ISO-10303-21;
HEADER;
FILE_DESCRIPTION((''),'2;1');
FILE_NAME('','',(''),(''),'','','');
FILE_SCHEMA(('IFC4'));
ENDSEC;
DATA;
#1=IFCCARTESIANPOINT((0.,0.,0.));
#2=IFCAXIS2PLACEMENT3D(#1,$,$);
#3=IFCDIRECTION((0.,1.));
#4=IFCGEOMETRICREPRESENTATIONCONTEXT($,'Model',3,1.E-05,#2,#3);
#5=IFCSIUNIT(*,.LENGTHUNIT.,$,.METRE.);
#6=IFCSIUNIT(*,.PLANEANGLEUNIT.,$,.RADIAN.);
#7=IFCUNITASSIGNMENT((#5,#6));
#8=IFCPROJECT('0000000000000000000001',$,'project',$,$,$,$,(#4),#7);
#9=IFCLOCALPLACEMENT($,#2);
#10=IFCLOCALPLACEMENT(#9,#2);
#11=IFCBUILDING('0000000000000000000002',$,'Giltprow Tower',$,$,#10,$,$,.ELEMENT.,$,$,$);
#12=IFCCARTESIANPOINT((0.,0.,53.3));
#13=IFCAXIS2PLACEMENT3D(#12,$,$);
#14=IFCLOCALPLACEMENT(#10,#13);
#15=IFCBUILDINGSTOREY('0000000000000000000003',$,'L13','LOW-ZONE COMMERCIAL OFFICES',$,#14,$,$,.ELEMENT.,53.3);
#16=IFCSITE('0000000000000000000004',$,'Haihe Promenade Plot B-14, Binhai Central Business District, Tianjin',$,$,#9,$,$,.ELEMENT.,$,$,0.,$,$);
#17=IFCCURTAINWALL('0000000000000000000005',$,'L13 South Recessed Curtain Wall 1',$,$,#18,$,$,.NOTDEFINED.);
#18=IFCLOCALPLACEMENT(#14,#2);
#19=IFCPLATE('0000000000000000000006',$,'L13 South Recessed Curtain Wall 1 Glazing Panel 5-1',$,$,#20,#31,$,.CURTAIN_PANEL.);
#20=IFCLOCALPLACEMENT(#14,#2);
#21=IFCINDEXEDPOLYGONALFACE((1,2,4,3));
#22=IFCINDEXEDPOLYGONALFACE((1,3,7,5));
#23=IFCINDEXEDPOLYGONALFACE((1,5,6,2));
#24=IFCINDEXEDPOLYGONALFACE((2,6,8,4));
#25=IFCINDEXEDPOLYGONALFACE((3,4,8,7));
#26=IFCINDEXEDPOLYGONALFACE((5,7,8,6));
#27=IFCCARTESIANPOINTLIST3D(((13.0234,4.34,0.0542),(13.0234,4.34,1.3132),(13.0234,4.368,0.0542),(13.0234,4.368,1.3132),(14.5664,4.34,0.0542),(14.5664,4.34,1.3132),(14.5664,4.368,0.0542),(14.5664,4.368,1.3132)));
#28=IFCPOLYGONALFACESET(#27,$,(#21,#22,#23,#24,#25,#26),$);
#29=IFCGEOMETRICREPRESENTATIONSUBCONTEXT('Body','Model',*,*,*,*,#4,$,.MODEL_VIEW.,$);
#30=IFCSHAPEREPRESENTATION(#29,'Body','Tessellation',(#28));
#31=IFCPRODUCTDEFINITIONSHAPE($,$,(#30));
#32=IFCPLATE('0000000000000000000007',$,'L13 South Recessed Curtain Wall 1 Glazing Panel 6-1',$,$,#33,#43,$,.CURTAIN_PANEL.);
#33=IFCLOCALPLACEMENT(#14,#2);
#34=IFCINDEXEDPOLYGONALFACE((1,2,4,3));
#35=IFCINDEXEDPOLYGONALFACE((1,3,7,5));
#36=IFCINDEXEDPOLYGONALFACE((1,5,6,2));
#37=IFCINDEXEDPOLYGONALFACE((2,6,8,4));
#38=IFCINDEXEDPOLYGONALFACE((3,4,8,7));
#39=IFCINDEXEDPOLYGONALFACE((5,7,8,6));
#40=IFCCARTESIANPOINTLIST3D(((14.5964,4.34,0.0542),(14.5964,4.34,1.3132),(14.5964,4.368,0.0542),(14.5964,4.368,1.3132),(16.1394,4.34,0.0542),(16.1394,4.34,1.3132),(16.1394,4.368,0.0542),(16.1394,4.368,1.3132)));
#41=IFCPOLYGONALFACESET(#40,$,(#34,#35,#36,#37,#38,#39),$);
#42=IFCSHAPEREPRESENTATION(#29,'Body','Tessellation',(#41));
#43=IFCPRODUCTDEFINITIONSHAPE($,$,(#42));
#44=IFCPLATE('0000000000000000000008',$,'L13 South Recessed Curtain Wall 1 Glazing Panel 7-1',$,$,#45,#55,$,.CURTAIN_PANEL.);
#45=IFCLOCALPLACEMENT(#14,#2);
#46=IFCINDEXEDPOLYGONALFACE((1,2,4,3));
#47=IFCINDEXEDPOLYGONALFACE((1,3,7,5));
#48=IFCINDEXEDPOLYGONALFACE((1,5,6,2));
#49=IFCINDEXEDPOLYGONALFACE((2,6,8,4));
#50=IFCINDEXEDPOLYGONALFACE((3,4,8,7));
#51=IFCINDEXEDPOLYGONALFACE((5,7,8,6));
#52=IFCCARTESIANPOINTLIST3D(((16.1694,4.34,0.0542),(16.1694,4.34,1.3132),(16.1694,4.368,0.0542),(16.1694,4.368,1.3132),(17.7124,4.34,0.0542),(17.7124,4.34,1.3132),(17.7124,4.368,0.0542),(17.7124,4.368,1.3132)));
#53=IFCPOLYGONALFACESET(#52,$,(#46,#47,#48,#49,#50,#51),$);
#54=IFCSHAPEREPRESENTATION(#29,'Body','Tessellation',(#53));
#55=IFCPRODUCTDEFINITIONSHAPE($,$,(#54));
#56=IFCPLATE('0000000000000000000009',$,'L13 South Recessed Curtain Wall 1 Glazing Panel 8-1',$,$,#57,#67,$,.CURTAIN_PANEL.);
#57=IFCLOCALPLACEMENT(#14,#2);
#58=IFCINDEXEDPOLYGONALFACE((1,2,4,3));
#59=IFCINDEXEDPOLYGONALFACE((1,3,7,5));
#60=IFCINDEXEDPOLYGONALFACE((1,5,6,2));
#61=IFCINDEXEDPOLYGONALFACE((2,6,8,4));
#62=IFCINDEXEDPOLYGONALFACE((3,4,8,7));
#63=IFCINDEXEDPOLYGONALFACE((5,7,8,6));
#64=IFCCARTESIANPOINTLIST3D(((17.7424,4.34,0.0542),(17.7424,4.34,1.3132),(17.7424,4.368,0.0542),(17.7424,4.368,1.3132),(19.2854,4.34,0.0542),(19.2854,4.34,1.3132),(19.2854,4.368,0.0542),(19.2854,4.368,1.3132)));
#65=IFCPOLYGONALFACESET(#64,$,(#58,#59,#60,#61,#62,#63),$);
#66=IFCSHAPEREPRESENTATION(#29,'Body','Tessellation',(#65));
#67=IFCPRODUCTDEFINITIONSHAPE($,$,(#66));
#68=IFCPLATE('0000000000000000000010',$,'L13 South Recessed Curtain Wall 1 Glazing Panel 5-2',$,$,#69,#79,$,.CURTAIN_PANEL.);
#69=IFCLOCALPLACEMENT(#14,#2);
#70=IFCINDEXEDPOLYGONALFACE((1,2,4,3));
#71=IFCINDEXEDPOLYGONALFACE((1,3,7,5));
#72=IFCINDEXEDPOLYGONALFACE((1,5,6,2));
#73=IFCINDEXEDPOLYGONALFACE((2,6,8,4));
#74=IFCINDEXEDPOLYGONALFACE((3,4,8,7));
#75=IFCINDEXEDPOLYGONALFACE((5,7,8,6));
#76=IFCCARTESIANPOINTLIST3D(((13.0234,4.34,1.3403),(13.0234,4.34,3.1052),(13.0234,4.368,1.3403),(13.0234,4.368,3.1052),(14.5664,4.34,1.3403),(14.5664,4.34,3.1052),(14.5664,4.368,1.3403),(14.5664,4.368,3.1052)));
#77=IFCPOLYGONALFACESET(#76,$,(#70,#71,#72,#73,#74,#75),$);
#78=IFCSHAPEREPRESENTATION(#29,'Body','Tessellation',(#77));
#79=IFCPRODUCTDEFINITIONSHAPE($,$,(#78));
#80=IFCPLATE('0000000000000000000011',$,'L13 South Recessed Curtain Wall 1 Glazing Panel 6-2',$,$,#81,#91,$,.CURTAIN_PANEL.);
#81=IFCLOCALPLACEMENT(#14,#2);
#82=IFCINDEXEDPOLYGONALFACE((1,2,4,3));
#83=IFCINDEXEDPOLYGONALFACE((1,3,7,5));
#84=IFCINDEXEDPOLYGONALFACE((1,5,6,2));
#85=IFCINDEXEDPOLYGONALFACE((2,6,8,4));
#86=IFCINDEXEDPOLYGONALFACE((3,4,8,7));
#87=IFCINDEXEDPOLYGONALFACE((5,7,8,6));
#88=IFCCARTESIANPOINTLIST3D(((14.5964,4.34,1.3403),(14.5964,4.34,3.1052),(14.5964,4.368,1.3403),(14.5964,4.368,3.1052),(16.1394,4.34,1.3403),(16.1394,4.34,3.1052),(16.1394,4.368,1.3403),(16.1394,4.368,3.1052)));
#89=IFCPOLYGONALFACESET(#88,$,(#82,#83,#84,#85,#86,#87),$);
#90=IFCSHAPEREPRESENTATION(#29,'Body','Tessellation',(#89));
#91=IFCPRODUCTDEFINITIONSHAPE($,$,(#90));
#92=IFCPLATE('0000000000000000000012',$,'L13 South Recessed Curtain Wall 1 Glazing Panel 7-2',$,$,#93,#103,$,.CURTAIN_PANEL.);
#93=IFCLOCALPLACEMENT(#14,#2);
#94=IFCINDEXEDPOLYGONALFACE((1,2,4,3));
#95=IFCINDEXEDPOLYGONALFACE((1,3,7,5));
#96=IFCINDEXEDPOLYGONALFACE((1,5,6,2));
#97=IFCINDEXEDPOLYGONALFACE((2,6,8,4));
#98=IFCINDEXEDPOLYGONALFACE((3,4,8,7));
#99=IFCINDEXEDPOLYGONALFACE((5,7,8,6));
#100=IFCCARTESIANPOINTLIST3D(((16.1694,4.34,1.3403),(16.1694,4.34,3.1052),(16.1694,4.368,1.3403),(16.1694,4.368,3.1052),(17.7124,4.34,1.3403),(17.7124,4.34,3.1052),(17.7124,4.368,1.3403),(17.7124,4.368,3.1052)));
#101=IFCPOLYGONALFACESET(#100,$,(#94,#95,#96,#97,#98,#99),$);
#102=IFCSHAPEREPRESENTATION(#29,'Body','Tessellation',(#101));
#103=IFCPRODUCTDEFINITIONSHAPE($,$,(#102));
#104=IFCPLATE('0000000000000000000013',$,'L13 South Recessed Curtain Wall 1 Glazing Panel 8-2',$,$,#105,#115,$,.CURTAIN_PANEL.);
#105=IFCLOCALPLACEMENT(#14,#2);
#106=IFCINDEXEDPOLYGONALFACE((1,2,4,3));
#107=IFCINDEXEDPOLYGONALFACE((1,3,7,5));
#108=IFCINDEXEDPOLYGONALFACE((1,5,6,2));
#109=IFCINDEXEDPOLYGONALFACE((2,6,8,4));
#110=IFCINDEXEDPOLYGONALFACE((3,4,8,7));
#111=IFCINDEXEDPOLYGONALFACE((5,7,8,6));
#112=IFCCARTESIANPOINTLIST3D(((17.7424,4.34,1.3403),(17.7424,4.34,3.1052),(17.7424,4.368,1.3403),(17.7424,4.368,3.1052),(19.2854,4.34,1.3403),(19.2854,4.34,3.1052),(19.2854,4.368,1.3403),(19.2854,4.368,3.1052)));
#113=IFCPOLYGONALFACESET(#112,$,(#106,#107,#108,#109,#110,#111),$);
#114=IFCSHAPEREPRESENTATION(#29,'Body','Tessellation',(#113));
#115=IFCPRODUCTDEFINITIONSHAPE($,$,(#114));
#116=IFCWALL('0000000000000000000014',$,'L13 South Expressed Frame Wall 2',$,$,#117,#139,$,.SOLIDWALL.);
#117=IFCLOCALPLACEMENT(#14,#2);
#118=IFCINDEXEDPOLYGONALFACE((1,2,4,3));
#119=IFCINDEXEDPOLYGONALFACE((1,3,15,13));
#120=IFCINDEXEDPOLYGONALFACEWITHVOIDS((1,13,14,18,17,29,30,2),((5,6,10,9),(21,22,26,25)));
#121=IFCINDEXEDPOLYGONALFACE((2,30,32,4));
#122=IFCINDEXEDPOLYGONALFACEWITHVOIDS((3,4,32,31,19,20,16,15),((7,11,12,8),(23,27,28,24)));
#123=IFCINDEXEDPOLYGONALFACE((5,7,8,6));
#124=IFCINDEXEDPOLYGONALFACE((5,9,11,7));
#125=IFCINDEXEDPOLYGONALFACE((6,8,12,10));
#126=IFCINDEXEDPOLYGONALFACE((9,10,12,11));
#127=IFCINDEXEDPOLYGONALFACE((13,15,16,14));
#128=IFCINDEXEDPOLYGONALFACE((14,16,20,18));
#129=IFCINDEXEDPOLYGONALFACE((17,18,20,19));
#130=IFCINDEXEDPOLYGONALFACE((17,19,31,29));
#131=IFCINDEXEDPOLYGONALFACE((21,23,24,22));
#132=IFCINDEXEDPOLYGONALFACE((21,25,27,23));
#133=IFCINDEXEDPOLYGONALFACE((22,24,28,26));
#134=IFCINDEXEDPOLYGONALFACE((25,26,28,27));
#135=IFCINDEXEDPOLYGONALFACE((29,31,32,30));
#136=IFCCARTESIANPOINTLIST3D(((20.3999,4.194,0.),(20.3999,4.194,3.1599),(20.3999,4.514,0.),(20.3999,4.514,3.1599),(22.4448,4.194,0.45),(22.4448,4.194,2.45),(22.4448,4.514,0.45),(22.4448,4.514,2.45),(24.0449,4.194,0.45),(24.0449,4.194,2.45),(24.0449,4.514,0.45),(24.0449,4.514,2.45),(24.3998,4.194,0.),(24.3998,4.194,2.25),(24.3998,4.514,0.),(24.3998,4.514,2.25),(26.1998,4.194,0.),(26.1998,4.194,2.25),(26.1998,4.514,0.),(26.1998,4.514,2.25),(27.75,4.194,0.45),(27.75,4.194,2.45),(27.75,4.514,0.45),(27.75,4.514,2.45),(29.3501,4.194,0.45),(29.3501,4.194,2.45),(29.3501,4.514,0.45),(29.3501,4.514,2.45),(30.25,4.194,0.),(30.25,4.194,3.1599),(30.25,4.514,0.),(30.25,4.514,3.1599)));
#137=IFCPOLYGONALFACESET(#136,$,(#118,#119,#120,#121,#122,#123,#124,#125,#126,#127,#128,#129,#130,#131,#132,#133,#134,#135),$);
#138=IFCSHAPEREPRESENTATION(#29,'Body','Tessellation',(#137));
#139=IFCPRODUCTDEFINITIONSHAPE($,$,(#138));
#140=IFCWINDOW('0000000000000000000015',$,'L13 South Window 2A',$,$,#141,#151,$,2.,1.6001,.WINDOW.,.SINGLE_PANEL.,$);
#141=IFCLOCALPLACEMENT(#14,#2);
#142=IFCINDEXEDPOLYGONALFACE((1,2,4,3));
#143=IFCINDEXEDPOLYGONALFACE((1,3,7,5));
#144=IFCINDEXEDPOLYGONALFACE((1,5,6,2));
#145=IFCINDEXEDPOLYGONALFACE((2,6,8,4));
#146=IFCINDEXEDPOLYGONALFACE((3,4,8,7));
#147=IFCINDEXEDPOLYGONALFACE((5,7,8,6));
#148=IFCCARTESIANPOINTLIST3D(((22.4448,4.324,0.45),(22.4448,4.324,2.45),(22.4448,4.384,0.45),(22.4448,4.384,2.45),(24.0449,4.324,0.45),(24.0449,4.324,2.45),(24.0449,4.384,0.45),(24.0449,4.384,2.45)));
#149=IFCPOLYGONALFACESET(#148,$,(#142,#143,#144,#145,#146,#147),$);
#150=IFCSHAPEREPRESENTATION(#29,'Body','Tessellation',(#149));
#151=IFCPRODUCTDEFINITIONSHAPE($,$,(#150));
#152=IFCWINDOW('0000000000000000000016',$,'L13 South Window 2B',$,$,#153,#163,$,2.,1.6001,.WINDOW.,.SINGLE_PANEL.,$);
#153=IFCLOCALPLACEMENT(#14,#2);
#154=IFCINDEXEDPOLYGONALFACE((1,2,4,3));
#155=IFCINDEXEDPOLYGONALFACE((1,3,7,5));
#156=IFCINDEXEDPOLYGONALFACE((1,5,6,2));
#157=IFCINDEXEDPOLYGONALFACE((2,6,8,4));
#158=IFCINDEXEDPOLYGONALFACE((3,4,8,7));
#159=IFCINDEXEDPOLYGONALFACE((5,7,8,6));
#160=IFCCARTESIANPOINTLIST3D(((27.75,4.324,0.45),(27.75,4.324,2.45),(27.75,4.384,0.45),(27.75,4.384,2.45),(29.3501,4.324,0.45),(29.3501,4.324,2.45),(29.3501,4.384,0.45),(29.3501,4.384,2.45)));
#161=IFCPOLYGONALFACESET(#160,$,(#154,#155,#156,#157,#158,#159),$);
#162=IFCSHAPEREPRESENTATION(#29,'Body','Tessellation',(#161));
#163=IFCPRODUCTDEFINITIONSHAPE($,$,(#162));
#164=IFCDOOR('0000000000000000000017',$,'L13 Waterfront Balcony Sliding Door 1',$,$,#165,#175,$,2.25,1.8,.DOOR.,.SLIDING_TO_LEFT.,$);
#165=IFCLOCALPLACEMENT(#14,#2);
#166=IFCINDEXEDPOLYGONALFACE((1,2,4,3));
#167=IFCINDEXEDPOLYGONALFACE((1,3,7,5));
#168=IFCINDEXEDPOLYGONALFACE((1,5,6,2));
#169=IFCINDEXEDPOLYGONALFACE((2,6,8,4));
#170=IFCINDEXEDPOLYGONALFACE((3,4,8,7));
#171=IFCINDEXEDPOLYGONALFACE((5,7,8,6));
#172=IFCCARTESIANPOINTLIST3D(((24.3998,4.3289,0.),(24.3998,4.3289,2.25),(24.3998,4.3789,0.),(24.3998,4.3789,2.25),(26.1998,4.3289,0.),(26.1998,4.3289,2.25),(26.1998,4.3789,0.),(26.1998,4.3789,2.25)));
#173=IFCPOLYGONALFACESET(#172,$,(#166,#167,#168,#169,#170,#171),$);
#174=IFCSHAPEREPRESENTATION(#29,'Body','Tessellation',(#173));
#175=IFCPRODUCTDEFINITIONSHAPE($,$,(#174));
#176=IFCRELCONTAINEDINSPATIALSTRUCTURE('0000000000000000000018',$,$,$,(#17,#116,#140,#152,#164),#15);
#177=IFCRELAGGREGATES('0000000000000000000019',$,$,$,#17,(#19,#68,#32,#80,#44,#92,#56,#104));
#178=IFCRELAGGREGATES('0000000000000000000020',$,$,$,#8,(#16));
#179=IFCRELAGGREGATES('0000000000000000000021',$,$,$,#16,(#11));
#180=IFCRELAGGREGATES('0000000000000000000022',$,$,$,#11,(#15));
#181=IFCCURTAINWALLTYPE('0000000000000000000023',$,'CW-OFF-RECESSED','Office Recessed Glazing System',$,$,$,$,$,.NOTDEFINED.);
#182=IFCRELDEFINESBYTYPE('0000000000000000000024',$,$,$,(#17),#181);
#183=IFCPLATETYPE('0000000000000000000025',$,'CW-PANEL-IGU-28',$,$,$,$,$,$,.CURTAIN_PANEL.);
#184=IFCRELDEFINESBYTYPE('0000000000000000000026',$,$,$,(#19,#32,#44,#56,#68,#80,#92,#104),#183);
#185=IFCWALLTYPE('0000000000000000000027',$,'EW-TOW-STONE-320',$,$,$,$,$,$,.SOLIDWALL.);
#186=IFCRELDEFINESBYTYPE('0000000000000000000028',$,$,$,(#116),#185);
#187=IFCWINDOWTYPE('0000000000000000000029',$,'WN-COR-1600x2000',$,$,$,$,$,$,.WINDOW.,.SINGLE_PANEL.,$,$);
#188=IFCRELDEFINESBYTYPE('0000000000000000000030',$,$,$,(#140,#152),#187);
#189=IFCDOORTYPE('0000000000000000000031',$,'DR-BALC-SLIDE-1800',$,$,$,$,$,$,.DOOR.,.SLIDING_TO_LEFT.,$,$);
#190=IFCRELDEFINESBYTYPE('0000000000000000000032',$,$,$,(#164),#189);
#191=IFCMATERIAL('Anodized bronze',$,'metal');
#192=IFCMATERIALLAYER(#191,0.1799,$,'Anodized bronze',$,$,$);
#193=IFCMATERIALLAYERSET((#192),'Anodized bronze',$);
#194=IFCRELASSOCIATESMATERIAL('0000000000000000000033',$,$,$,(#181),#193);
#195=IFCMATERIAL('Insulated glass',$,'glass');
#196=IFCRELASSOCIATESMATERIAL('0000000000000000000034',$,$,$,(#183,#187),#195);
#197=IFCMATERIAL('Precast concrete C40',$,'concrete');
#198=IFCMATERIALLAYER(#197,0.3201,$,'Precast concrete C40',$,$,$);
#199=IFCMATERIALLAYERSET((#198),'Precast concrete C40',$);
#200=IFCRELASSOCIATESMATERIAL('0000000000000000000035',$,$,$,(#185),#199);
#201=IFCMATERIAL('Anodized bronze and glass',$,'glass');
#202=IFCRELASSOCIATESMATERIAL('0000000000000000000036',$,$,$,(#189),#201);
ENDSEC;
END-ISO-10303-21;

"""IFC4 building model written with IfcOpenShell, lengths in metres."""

from ifc_helpers import new_model, si_unit, direction, frame, frame_2d, origin, origin_2d, place, context, subcontext, project, spatial, rectangle, extrude, source, transform, mapped, material, layer, layer_set, type_object, element, fill, aggregate, save


model = new_model("IFC4")

# Units and contexts
model_context = context("Model", 3, precision=1e-05, world=origin(), true_north=direction((0.0, 1.0)))
body_context = subcontext(model_context, "Body", "Model", "MODEL_VIEW")
ifc_project = project(units=[si_unit("LENGTHUNIT", "METRE"), si_unit("PLANEANGLEUNIT", "RADIAN")], contexts=[model_context])

# Site, building, storey
site_placement = place(None, origin())
site = spatial("IfcSite", under=ifc_project, at=site_placement, Name="Haihe Promenade Plot B-14, Binhai Central Business District, Tianjin", CompositionType="ELEMENT", RefElevation=0.0)
building_placement = place(site_placement, origin())
building = spatial("IfcBuilding", under=site, at=building_placement, Name="Giltprow Tower", CompositionType="ELEMENT")
storey_placement = place(building_placement, frame((0.0, 0.0, 53.3)))
storey = spatial("IfcBuildingStorey", under=building, at=storey_placement, Name="L13", Description="LOW-ZONE COMMERCIAL OFFICES", CompositionType="ELEMENT", Elevation=53.3)

# Curtain wall, plates
ifc_material_1 = material(Name="Anodized bronze", Category="metal")
ifc_layer_1 = layer(ifc_material_1, 0.1799, Name="Anodized bronze")
ifc_layer_set_1 = layer_set([ifc_layer_1], Name="Anodized bronze")
curtain_wall_type = type_object("IfcCurtainWallType", Name="CW-OFF-RECESSED", Description="Office Recessed Glazing System", PredefinedType="NOTDEFINED", material=ifc_layer_set_1)
curtain_wall_placement = place(storey_placement, origin())
curtain_wall = element("IfcCurtainWall", 1, at=curtain_wall_placement, inside=storey, type_object=curtain_wall_type, Name="L13 South Recessed Curtain Wall 1", PredefinedType="NOTDEFINED")
ifc_material_2 = material(Name="Insulated glass", Category="glass")
plate_type = type_object("IfcPlateType", Name="CW-PANEL-IGU-28", PredefinedType="CURTAIN_PANEL", material=ifc_material_2)
shared_shape_1 = source(origin(), body_context, "Body", "SweptSolid", [
    extrude(rectangle(XDim=1.543, YDim=0.0281, at=origin_2d()), origin(), (0.0, 0.0, 1.0), 1.259),
])
plate_1_placement = place(storey_placement, frame((13.7949, 4.354, 0.0542), z_axis=(0.0, 0.0, 1.0), x_axis=(1.0, 0.0, 0.0)))
plate_1 = element("IfcPlate", 2, at=plate_1_placement, type_object=plate_type, Name="L13 South Recessed Curtain Wall 1 Glazing Panel 5-1", PredefinedType="CURTAIN_PANEL", context=body_context, shape_type="MappedRepresentation", body=[
    mapped(shared_shape_1, transform((0.0, 0.0, 0.0), x_axis=(1.0, 0.0, 0.0), y_axis=(0.0, 1.0, 0.0), z_axis=(0.0, 0.0, 1.0), scale=1.0)),
])
plate_2_placement = place(storey_placement, frame((15.3679, 4.354, 0.0542), z_axis=(0.0, 0.0, 1.0), x_axis=(1.0, 0.0, 0.0)))
plate_2 = element("IfcPlate", 3, at=plate_2_placement, type_object=plate_type, Name="L13 South Recessed Curtain Wall 1 Glazing Panel 6-1", PredefinedType="CURTAIN_PANEL", context=body_context, shape_type="MappedRepresentation", body=[
    mapped(shared_shape_1, transform((0.0, 0.0, 0.0), x_axis=(1.0, 0.0, 0.0), y_axis=(0.0, 1.0, 0.0), z_axis=(0.0, 0.0, 1.0), scale=1.0)),
])
plate_3_placement = place(storey_placement, frame((16.9409, 4.354, 0.0542), z_axis=(0.0, 0.0, 1.0), x_axis=(1.0, 0.0, 0.0)))
plate_3 = element("IfcPlate", 4, at=plate_3_placement, type_object=plate_type, Name="L13 South Recessed Curtain Wall 1 Glazing Panel 7-1", PredefinedType="CURTAIN_PANEL", context=body_context, shape_type="MappedRepresentation", body=[
    mapped(shared_shape_1, transform((0.0, 0.0, 0.0), x_axis=(1.0, 0.0, 0.0), y_axis=(0.0, 1.0, 0.0), z_axis=(0.0, 0.0, 1.0), scale=1.0)),
])
plate_4_placement = place(storey_placement, frame((18.5139, 4.354, 0.0542), z_axis=(0.0, 0.0, 1.0), x_axis=(1.0, 0.0, 0.0)))
plate_4 = element("IfcPlate", 5, at=plate_4_placement, type_object=plate_type, Name="L13 South Recessed Curtain Wall 1 Glazing Panel 8-1", PredefinedType="CURTAIN_PANEL", context=body_context, shape_type="MappedRepresentation", body=[
    mapped(shared_shape_1, transform((0.0, 0.0, 0.0), x_axis=(1.0, 0.0, 0.0), y_axis=(0.0, 1.0, 0.0), z_axis=(0.0, 0.0, 1.0), scale=1.0)),
])
shared_shape_2 = source(origin(), body_context, "Body", "SweptSolid", [
    extrude(rectangle(XDim=1.543, YDim=0.0281, at=origin_2d()), origin(), (0.0, 0.0, 1.0), 1.7649),
])
plate_5_placement = place(storey_placement, frame((13.7949, 4.354, 1.3403), z_axis=(0.0, 0.0, 1.0), x_axis=(1.0, 0.0, 0.0)))
plate_5 = element("IfcPlate", 6, at=plate_5_placement, type_object=plate_type, Name="L13 South Recessed Curtain Wall 1 Glazing Panel 5-2", PredefinedType="CURTAIN_PANEL", context=body_context, shape_type="MappedRepresentation", body=[
    mapped(shared_shape_2, transform((0.0, 0.0, 0.0), x_axis=(1.0, 0.0, 0.0), y_axis=(0.0, 1.0, 0.0), z_axis=(0.0, 0.0, 1.0), scale=1.0)),
])
plate_6_placement = place(storey_placement, frame((15.3679, 4.354, 1.3403), z_axis=(0.0, 0.0, 1.0), x_axis=(1.0, 0.0, 0.0)))
plate_6 = element("IfcPlate", 7, at=plate_6_placement, type_object=plate_type, Name="L13 South Recessed Curtain Wall 1 Glazing Panel 6-2", PredefinedType="CURTAIN_PANEL", context=body_context, shape_type="MappedRepresentation", body=[
    mapped(shared_shape_2, transform((0.0, 0.0, 0.0), x_axis=(1.0, 0.0, 0.0), y_axis=(0.0, 1.0, 0.0), z_axis=(0.0, 0.0, 1.0), scale=1.0)),
])
plate_7_placement = place(storey_placement, frame((16.9409, 4.354, 1.3403), z_axis=(0.0, 0.0, 1.0), x_axis=(1.0, 0.0, 0.0)))
plate_7 = element("IfcPlate", 8, at=plate_7_placement, type_object=plate_type, Name="L13 South Recessed Curtain Wall 1 Glazing Panel 7-2", PredefinedType="CURTAIN_PANEL", context=body_context, shape_type="MappedRepresentation", body=[
    mapped(shared_shape_2, transform((0.0, 0.0, 0.0), x_axis=(1.0, 0.0, 0.0), y_axis=(0.0, 1.0, 0.0), z_axis=(0.0, 0.0, 1.0), scale=1.0)),
])
plate_8_placement = place(storey_placement, frame((18.5139, 4.354, 1.3403), z_axis=(0.0, 0.0, 1.0), x_axis=(1.0, 0.0, 0.0)))
plate_8 = element("IfcPlate", 9, at=plate_8_placement, type_object=plate_type, Name="L13 South Recessed Curtain Wall 1 Glazing Panel 8-2", PredefinedType="CURTAIN_PANEL", context=body_context, shape_type="MappedRepresentation", body=[
    mapped(shared_shape_2, transform((0.0, 0.0, 0.0), x_axis=(1.0, 0.0, 0.0), y_axis=(0.0, 1.0, 0.0), z_axis=(0.0, 0.0, 1.0), scale=1.0)),
])
aggregate(curtain_wall, [plate_1, plate_5, plate_2, plate_6, plate_3, plate_7, plate_4, plate_8])

# Wall, openings, windows, door
ifc_material_3 = material(Name="Precast concrete C40", Category="concrete")
ifc_layer_2 = layer(ifc_material_3, 0.3201, Name="Precast concrete C40")
ifc_layer_set_2 = layer_set([ifc_layer_2], Name="Precast concrete C40")
wall_type_1 = type_object("IfcWallType", Name="EW-TOW-STONE-320", PredefinedType="SOLIDWALL", material=ifc_layer_set_2)
wall_1_placement = place(storey_placement, frame((20.3999, 4.354, 0.0), z_axis=(0.0, 0.0, 1.0), x_axis=(1.0, 0.0, 0.0)))
wall_1 = element("IfcWall", 10, at=wall_1_placement, inside=storey, type_object=wall_type_1, Name="L13 South Expressed Frame Wall 2", PredefinedType="SOLIDWALL", context=body_context, shape_type="SweptSolid", body=[
    extrude(rectangle(XDim=9.8501, YDim=0.3201, at=frame_2d((4.925, 0.0))), origin(), (0.0, 0.0, 1.0), 3.1599),
])
opening_1_placement = place(wall_1_placement, frame((4.0, 0.0, 0.0)))
opening_1 = element("IfcOpeningElement", 11, at=opening_1_placement, cuts=wall_1, PredefinedType="OPENING", context=body_context, shape_type="SweptSolid", body=[
    extrude(rectangle(XDim=1.8, YDim=2.25, at=frame_2d((0.8999, 1.125))), frame((0.0, 0.1699, 0.0), z_axis=(0.0, -1.0, 0.0), x_axis=(1.0, 0.0, 0.0)), (0.0, 0.0, 1.0), 0.3401),
])
opening_2_placement = place(wall_1_placement, frame((2.0449, 0.0, 0.45)))
opening_2 = element("IfcOpeningElement", 12, at=opening_2_placement, cuts=wall_1, PredefinedType="OPENING", context=body_context, shape_type="SweptSolid", body=[
    extrude(rectangle(XDim=1.6001, YDim=2.0, at=frame_2d((0.8, 1.0))), frame((0.0, 0.1699, 0.0), z_axis=(0.0, -1.0, 0.0), x_axis=(1.0, 0.0, 0.0)), (0.0, 0.0, 1.0), 0.3401),
])
opening_3_placement = place(wall_1_placement, frame((7.3501, 0.0, 0.45)))
opening_3 = element("IfcOpeningElement", 13, at=opening_3_placement, cuts=wall_1, PredefinedType="OPENING", context=body_context, shape_type="SweptSolid", body=[
    extrude(rectangle(XDim=1.6001, YDim=2.0, at=frame_2d((0.8, 1.0))), frame((0.0, 0.1699, 0.0), z_axis=(0.0, -1.0, 0.0), x_axis=(1.0, 0.0, 0.0)), (0.0, 0.0, 1.0), 0.3401),
])
window_type = type_object("IfcWindowType", Name="WN-COR-1600x2000", PartitioningType="SINGLE_PANEL", PredefinedType="WINDOW", material=ifc_material_2)
shared_shape_3 = source(origin(), body_context, "Body", "SweptSolid", [
    extrude(rectangle(XDim=1.6001, YDim=2.0, at=frame_2d((0.8, 1.0))), frame((0.0, 0.03, 0.0), z_axis=(0.0, -1.0, 0.0), x_axis=(1.0, 0.0, 0.0)), (0.0, 0.0, 1.0), 0.0601),
])
window_1_placement = place(opening_2_placement, origin())
window_1 = element("IfcWindow", 14, at=window_1_placement, inside=storey, type_object=window_type, Name="L13 South Window 2A", OverallHeight=2.0, OverallWidth=1.6001, PartitioningType="SINGLE_PANEL", PredefinedType="WINDOW", context=body_context, shape_type="MappedRepresentation", body=[
    mapped(shared_shape_3, transform((0.0, 0.0, 0.0), x_axis=(1.0, 0.0, 0.0), y_axis=(0.0, 1.0, 0.0), z_axis=(0.0, 0.0, 1.0), scale=1.0)),
])
fill(opening_2, window_1)
window_2_placement = place(opening_3_placement, origin())
window_2 = element("IfcWindow", 15, at=window_2_placement, inside=storey, type_object=window_type, Name="L13 South Window 2B", OverallHeight=2.0, OverallWidth=1.6001, PartitioningType="SINGLE_PANEL", PredefinedType="WINDOW", context=body_context, shape_type="MappedRepresentation", body=[
    mapped(shared_shape_3, transform((0.0, 0.0, 0.0), x_axis=(1.0, 0.0, 0.0), y_axis=(0.0, 1.0, 0.0), z_axis=(0.0, 0.0, 1.0), scale=1.0)),
])
fill(opening_3, window_2)
ifc_material_4 = material(Name="Anodized bronze and glass", Category="glass")
door_type = type_object("IfcDoorType", Name="DR-BALC-SLIDE-1800", OperationType="SLIDING_TO_LEFT", PredefinedType="DOOR", material=ifc_material_4)
shared_shape_4 = source(origin(), body_context, "Body", "SweptSolid", [
    extrude(rectangle(XDim=1.8, YDim=2.25, at=frame_2d((0.8999, 1.125))), frame((0.0, 0.0249, 0.0), z_axis=(0.0, -1.0, 0.0), x_axis=(1.0, 0.0, 0.0)), (0.0, 0.0, 1.0), 0.05),
])
door_placement = place(opening_1_placement, origin())
door = element("IfcDoor", 16, at=door_placement, inside=storey, type_object=door_type, Name="L13 Waterfront Balcony Sliding Door 1", OperationType="SLIDING_TO_LEFT", OverallHeight=2.25, OverallWidth=1.8, PredefinedType="DOOR", context=body_context, shape_type="MappedRepresentation", body=[
    mapped(shared_shape_4, transform((0.0, 0.0, 0.0), x_axis=(1.0, 0.0, 0.0), y_axis=(0.0, 1.0, 0.0), z_axis=(0.0, 0.0, 1.0), scale=1.0)),
])
fill(opening_1, door)

save(model, "model.ifc")
